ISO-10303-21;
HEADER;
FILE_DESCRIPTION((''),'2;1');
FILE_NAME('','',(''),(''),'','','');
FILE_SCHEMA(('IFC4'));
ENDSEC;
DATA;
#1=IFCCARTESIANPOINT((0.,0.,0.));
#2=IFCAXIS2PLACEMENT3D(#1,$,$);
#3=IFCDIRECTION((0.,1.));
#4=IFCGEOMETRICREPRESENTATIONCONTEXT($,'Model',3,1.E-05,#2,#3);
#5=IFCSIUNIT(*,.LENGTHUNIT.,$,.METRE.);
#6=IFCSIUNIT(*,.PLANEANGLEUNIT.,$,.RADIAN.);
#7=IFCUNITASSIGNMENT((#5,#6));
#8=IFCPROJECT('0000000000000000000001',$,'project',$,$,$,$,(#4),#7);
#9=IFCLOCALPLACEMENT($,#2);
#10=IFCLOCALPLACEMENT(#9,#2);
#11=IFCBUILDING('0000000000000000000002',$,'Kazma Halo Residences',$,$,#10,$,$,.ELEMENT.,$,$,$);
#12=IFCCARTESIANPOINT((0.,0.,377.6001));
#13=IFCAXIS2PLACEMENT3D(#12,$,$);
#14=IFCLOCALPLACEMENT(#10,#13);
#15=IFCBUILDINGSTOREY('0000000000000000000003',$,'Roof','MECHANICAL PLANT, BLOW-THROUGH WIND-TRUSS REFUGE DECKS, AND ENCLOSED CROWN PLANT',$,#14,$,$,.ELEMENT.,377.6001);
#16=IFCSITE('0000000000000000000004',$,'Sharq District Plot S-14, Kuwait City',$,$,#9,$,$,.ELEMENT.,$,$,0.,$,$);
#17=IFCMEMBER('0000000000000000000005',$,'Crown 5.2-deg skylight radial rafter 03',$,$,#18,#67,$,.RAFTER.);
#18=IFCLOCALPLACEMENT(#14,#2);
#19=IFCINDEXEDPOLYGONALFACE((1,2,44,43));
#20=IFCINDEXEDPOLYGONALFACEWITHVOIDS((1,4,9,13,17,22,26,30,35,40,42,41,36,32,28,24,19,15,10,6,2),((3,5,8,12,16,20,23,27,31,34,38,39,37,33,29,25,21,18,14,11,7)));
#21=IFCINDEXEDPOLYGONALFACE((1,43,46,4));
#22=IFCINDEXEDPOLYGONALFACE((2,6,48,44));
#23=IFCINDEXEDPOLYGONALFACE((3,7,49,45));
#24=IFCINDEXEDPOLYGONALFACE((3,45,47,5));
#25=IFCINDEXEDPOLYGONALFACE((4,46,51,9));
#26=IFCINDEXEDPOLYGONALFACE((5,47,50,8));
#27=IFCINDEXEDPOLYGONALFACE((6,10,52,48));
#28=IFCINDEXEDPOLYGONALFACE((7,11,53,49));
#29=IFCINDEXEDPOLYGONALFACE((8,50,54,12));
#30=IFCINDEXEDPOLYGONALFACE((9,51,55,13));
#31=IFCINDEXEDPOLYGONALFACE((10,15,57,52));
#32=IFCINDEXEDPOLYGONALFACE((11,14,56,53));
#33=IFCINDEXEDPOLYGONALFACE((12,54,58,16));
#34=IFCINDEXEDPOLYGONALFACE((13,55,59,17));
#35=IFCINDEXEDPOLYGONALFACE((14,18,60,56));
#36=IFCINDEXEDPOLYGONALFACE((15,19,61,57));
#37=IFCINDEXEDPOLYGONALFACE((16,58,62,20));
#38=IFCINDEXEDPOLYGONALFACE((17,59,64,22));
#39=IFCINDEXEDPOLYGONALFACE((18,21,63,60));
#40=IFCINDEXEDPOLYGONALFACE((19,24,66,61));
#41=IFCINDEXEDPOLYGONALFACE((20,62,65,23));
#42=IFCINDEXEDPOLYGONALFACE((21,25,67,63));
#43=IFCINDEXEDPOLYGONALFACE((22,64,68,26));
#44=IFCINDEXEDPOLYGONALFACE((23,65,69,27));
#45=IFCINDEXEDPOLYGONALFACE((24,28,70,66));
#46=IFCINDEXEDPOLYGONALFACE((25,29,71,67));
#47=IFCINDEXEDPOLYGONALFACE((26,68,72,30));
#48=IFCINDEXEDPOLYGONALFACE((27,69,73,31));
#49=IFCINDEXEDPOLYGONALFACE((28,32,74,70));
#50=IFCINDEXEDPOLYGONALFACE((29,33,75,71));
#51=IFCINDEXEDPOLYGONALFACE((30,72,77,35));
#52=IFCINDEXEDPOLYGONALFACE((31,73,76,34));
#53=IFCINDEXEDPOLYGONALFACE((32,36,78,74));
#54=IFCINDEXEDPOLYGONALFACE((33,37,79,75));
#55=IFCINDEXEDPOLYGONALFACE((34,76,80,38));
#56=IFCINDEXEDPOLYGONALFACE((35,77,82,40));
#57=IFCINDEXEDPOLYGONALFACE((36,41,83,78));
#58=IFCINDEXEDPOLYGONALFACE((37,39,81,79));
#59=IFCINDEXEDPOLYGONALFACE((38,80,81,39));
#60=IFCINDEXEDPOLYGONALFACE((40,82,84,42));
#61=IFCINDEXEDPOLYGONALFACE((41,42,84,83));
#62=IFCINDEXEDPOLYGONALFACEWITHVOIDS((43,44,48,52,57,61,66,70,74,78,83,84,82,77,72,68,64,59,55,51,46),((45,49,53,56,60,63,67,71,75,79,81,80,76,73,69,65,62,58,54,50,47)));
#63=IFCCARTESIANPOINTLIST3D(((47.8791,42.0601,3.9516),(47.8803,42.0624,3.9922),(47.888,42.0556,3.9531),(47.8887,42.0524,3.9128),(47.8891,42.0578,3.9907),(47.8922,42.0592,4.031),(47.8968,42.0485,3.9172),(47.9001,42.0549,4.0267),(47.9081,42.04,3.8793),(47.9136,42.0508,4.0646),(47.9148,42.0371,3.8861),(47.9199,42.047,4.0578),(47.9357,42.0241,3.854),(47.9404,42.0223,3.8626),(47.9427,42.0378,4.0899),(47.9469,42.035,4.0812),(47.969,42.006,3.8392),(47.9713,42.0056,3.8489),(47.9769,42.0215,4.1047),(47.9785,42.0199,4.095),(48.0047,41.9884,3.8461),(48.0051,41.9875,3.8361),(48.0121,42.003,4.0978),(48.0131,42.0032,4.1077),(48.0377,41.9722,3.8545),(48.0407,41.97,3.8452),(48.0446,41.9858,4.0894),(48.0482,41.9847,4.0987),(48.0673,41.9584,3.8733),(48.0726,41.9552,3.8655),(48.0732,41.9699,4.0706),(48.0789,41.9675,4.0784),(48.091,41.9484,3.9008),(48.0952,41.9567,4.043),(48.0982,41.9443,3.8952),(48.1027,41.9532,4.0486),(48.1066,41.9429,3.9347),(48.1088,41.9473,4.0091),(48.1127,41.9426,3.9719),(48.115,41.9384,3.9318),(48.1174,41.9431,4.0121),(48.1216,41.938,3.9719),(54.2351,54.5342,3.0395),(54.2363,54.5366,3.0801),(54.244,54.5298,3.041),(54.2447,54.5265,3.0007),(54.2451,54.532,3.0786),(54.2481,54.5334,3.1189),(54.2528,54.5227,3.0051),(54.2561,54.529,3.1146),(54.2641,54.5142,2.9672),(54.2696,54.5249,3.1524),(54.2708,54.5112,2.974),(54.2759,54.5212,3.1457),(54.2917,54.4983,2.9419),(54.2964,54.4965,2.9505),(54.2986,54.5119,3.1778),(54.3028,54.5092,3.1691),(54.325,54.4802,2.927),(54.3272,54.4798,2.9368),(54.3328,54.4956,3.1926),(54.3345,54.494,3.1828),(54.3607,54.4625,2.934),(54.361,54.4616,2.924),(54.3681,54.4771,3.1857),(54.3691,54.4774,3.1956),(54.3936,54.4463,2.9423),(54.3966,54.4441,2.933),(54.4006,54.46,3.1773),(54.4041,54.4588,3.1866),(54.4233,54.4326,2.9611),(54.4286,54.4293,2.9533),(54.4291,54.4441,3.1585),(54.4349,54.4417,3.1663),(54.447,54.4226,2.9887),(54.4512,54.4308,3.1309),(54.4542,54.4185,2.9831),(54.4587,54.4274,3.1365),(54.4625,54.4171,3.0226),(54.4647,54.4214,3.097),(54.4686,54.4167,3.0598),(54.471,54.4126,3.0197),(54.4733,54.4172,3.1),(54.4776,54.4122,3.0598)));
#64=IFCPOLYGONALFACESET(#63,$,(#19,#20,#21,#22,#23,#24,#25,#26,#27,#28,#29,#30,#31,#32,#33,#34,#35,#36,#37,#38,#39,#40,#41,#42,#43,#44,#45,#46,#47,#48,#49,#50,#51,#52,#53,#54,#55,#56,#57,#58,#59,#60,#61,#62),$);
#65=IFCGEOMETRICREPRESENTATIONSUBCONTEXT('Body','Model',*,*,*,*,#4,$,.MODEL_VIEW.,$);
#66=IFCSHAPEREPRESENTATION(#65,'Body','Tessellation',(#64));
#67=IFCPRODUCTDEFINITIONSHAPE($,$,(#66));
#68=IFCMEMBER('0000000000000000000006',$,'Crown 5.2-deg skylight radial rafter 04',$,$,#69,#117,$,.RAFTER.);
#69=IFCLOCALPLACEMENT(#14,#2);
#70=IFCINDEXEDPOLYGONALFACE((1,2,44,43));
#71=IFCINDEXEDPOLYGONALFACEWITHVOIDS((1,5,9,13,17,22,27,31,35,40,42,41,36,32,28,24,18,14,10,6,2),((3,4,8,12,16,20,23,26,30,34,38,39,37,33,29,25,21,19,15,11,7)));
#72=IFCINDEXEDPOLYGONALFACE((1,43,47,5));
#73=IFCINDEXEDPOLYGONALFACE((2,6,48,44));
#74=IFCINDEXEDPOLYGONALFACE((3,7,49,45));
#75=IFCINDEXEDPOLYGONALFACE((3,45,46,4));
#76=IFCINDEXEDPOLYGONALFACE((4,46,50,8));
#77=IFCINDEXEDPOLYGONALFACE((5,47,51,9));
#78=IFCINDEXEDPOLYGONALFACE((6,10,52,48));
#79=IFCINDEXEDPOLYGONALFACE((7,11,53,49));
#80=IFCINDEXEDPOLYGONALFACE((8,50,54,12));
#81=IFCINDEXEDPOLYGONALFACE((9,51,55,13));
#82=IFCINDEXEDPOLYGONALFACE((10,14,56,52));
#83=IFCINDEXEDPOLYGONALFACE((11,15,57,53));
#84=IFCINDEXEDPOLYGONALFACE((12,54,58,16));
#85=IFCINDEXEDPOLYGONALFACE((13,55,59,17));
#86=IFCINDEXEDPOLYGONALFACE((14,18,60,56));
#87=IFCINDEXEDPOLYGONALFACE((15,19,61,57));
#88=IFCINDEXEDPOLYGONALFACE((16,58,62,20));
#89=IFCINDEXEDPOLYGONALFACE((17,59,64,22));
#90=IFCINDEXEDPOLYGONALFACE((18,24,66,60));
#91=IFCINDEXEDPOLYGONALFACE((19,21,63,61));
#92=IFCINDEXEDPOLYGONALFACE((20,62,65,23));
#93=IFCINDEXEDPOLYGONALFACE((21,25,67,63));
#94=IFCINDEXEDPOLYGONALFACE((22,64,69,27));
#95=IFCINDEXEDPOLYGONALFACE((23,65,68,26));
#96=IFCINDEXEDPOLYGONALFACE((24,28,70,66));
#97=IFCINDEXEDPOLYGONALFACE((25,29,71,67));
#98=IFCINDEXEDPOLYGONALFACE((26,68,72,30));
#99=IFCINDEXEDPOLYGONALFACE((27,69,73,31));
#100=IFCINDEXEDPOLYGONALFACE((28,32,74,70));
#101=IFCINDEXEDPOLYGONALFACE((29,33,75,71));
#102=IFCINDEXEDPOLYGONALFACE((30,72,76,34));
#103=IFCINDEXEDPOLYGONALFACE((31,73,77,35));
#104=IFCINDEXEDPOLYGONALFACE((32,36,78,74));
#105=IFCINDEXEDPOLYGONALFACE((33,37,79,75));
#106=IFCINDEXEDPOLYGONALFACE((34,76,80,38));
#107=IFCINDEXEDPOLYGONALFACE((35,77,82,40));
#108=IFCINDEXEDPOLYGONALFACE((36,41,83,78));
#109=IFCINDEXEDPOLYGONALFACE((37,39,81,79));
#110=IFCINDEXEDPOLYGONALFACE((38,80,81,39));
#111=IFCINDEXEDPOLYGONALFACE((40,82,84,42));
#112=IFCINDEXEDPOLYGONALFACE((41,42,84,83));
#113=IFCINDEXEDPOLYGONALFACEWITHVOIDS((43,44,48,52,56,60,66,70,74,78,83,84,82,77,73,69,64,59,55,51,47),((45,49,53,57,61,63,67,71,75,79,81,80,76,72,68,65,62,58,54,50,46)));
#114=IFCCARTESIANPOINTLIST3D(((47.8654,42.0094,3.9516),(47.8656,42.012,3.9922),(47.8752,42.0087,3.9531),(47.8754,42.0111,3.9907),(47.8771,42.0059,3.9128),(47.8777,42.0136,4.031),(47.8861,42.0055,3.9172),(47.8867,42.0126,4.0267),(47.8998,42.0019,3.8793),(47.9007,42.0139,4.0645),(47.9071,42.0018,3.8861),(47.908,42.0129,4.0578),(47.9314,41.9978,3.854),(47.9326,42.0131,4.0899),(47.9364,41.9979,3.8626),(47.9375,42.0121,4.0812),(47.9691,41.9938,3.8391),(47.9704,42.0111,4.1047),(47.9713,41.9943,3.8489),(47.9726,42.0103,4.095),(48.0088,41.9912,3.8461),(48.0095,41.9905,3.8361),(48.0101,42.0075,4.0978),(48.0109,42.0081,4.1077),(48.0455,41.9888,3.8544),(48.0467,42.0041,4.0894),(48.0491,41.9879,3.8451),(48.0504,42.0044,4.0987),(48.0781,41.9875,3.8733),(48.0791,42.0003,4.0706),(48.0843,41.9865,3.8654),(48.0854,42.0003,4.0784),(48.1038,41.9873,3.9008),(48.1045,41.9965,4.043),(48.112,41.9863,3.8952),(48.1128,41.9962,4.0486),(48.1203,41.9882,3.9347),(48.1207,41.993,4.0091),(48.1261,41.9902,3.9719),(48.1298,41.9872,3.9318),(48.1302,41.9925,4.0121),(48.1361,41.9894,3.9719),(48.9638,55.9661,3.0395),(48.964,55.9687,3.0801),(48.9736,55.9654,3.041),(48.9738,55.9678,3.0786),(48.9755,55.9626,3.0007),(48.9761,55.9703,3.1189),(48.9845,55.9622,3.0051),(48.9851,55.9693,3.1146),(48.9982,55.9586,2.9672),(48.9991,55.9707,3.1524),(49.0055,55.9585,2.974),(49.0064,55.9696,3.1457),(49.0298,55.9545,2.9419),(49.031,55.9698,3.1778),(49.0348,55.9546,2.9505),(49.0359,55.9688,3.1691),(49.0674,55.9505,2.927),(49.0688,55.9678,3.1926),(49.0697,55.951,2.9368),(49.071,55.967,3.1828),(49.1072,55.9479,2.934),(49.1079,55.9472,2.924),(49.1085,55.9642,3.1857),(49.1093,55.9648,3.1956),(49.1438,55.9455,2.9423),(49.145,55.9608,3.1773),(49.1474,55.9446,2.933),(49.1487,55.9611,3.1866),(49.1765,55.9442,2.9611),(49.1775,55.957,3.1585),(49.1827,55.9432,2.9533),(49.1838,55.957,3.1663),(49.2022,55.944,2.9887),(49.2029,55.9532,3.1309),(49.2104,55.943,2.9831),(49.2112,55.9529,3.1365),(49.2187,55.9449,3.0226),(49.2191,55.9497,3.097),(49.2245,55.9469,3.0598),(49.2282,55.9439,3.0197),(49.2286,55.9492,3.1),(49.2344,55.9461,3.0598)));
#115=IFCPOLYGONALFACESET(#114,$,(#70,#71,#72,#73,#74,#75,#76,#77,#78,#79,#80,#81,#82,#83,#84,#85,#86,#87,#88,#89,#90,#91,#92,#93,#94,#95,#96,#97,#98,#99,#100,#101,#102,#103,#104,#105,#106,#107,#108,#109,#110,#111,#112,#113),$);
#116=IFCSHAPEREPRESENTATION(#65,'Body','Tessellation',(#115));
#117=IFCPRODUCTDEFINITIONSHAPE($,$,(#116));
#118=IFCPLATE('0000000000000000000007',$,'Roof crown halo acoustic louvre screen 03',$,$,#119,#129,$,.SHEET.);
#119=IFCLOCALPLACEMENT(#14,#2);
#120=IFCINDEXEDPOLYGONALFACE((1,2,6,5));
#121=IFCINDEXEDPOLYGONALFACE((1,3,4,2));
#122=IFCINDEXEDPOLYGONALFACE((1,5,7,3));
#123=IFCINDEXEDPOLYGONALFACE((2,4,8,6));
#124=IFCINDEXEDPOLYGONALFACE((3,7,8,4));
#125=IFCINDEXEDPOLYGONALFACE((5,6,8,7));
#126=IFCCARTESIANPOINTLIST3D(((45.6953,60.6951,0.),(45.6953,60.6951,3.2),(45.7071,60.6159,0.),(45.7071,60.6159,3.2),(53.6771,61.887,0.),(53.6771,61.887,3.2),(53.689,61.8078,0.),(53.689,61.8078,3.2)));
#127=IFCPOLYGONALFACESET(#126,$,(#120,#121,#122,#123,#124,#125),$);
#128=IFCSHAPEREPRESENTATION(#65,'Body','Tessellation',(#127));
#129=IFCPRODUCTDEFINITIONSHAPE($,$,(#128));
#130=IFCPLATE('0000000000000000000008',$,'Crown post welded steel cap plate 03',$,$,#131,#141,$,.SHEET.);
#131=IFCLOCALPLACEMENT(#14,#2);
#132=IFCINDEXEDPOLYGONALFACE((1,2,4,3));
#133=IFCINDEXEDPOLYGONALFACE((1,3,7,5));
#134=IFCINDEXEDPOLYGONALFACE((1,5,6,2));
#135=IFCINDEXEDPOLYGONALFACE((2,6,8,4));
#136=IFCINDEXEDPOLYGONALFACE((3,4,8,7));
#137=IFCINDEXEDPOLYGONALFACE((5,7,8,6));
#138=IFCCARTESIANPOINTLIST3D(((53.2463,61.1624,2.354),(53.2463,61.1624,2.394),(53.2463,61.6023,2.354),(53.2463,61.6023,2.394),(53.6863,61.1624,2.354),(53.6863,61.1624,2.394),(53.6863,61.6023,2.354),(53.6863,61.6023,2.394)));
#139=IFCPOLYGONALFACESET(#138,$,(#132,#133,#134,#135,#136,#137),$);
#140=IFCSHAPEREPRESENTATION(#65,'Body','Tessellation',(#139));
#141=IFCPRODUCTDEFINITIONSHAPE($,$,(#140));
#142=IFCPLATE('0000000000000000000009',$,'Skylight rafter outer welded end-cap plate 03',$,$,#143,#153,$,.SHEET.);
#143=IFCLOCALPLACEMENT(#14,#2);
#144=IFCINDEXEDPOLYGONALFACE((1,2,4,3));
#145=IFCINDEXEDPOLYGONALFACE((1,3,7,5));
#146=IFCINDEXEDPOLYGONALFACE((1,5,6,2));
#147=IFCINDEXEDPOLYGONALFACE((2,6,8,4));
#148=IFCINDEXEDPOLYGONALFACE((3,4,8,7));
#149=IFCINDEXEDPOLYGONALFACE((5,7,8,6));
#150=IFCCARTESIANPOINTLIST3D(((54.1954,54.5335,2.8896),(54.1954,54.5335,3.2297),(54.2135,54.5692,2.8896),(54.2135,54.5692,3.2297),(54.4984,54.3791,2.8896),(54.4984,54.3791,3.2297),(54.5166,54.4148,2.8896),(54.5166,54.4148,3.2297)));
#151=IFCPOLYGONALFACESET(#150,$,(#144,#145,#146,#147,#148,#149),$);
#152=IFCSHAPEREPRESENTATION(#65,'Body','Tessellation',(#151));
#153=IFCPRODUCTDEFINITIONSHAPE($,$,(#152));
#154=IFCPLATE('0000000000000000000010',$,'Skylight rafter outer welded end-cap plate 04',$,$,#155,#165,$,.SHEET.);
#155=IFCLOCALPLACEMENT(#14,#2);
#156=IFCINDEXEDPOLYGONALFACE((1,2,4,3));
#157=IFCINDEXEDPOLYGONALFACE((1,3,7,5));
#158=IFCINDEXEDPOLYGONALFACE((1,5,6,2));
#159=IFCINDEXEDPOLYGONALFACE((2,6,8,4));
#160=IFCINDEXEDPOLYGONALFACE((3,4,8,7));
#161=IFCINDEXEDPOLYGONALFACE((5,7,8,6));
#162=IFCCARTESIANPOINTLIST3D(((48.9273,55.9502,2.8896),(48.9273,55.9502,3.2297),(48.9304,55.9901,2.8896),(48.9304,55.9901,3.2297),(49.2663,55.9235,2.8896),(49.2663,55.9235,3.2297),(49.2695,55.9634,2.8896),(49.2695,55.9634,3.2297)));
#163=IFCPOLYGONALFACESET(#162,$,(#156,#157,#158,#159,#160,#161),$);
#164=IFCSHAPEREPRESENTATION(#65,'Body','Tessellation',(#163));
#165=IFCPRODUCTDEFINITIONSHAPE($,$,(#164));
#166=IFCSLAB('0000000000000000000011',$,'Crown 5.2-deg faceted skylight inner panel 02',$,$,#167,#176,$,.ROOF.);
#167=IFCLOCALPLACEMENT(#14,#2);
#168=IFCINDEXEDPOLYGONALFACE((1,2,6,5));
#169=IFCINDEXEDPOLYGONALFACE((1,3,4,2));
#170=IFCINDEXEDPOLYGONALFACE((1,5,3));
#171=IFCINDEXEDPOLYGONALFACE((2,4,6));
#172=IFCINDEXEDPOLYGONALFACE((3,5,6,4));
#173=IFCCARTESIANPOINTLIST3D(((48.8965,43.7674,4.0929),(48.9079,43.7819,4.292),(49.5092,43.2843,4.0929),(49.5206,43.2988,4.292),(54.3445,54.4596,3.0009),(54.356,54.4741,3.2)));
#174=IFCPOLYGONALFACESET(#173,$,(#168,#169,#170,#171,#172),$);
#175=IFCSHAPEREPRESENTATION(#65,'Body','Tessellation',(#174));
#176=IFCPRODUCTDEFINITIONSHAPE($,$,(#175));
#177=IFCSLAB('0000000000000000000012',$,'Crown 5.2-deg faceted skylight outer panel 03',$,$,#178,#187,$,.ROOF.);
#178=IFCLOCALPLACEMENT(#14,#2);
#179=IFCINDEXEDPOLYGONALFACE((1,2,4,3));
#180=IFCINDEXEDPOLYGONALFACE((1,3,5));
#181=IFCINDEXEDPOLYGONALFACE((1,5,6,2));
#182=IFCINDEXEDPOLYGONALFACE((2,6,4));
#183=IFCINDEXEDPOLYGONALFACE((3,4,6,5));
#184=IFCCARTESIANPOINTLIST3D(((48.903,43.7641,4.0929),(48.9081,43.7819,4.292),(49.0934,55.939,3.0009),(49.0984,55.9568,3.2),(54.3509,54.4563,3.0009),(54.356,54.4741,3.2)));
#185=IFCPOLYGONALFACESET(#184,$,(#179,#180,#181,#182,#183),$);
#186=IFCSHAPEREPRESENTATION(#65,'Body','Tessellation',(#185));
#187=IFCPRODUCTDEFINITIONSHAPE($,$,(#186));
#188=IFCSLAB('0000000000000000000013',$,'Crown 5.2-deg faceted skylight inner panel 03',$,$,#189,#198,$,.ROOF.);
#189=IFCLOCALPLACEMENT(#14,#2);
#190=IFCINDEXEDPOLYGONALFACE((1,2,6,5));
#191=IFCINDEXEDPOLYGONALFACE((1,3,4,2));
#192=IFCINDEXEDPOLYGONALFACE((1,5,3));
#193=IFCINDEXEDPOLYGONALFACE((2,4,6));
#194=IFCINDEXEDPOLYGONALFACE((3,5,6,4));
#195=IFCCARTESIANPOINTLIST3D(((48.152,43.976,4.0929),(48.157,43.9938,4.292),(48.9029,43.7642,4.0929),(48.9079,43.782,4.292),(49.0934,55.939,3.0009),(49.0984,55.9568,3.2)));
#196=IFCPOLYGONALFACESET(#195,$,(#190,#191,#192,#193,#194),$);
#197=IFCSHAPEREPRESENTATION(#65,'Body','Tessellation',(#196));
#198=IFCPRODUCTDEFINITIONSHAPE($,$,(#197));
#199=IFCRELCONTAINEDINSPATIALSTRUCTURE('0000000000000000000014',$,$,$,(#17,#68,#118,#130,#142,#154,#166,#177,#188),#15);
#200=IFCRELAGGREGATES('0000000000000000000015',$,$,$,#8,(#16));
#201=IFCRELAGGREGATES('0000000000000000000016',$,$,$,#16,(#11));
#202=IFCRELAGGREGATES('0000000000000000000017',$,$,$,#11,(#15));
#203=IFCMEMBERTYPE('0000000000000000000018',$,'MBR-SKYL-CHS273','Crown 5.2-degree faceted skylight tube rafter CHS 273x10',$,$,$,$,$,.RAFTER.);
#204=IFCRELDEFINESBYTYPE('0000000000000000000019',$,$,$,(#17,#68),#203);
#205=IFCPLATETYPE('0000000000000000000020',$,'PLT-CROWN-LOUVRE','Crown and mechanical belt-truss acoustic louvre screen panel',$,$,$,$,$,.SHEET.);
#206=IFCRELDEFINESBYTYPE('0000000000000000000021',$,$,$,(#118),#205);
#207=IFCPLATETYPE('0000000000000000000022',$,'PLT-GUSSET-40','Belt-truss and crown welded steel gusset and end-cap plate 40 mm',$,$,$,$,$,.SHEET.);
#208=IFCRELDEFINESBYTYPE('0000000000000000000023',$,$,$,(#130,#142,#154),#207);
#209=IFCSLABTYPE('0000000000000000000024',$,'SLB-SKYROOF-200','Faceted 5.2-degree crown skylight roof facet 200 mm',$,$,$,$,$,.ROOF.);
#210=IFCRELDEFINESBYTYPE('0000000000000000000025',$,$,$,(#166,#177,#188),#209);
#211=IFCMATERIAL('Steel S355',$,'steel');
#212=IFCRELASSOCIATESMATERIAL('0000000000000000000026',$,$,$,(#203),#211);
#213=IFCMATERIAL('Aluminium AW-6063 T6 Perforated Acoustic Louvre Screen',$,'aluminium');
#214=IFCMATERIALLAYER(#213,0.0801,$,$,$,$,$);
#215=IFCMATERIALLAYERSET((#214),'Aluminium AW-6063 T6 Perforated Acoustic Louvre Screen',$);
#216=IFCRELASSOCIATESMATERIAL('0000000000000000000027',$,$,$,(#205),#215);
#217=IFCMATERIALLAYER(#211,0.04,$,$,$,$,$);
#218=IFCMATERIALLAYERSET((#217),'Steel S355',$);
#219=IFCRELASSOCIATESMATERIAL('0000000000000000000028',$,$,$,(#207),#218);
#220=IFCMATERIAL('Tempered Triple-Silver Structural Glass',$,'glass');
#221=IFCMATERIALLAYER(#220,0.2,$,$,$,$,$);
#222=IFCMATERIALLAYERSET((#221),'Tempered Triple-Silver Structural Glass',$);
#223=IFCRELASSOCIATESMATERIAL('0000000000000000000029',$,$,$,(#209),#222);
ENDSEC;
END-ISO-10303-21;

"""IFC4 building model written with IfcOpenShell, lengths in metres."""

from ifc_helpers import new_model, si_unit, direction, frame, origin, origin_2d, place, context, subcontext, project, spatial, polyline, rectangle, hollow_circle, outline, extrude, material, layer, layer_set, material_profile, profile_set, type_object, element, save


model = new_model("IFC4")

# Units and contexts
model_context = context("Model", 3, precision=1e-05, world=origin(), true_north=direction((0.0, 1.0)))
body_context = subcontext(model_context, "Body", "Model", "MODEL_VIEW")
ifc_project = project(units=[si_unit("LENGTHUNIT", "METRE"), si_unit("PLANEANGLEUNIT", "RADIAN")], contexts=[model_context])

# Site, building, storey
site_placement = place(None, origin())
site = spatial("IfcSite", under=ifc_project, at=site_placement, Name="Sharq District Plot S-14, Kuwait City", CompositionType="ELEMENT", RefElevation=0.0)
building_placement = place(site_placement, origin())
building = spatial("IfcBuilding", under=site, at=building_placement, Name="Kazma Halo Residences", CompositionType="ELEMENT")
storey_placement = place(building_placement, frame((0.0, 0.0, 377.6001)))
storey = spatial("IfcBuildingStorey", under=building, at=storey_placement, Name="Roof", Description="MECHANICAL PLANT, BLOW-THROUGH WIND-TRUSS REFUGE DECKS, AND ENCLOSED CROWN PLANT", CompositionType="ELEMENT", Elevation=377.6001)

# Shared definitions
ifc_material_1 = material(Name="Steel S355", Category="steel")

# Members
ifc_material_profile_1 = material_profile(ifc_material_1, hollow_circle(Radius=0.1365, WallThickness=0.01, at=origin_2d()), Name="CHS273x10")
ifc_profile_set_1 = profile_set([ifc_material_profile_1], Name="Steel S355")
member_type_1 = type_object("IfcMemberType", Name="MBR-SKYL-CHS273", Description="Crown 5.2-degree faceted skylight tube rafter CHS 273x10", PredefinedType="RAFTER", material=ifc_profile_set_1)
member_1_placement = place(storey_placement, frame((54.356, 54.4741, 3.0598), z_axis=(-0.453034, -0.889119, 0.065013), x_axis=(0.891004, -0.453995, 0.0)))
element("IfcMember", 1, at=member_1_placement, inside=storey, type_object=member_type_1, Name="Crown 5.2-deg skylight radial rafter 03", PredefinedType="RAFTER", context=body_context, shape_type="SweptSolid", body=[
    extrude(hollow_circle(Radius=0.1365, WallThickness=0.01, at=origin_2d()), origin(), (0.0, 0.0, 1.0), 14.0298),
])
member_2_placement = place(storey_placement, frame((49.0984, 55.9568, 3.0598), z_axis=(-0.078291, -0.994808, 0.065013), x_axis=(0.996918, -0.078457, 0.0)))
element("IfcMember", 2, at=member_2_placement, inside=storey, type_object=member_type_1, Name="Crown 5.2-deg skylight radial rafter 04", PredefinedType="RAFTER", context=body_context, shape_type="SweptSolid", body=[
    extrude(hollow_circle(Radius=0.1365, WallThickness=0.01, at=origin_2d()), origin(), (0.0, 0.0, 1.0), 14.0295),
])

# Plates
ifc_material_2 = material(Name="Aluminium AW-6063 T6 Perforated Acoustic Louvre Screen", Category="aluminium")
ifc_layer_1 = layer(ifc_material_2, 0.0801)
ifc_layer_set_1 = layer_set([ifc_layer_1], Name="Aluminium AW-6063 T6 Perforated Acoustic Louvre Screen")
plate_type_1 = type_object("IfcPlateType", Name="PLT-CROWN-LOUVRE", Description="Crown and mechanical belt-truss acoustic louvre screen panel", PredefinedType="SHEET", material=ifc_layer_set_1)
plate_1_placement = place(storey_placement, frame((49.6921, 61.2515, 0.0), z_axis=(0.0, 0.0, 1.0), x_axis=(-0.989034, -0.147687, 0.0)))
element("IfcPlate", 3, at=plate_1_placement, inside=storey, type_object=plate_type_1, Name="Roof crown halo acoustic louvre screen 03", PredefinedType="SHEET", context=body_context, shape_type="SweptSolid", body=[
    extrude(rectangle(XDim=8.0703, YDim=0.0801, at=origin_2d()), origin(), (0.0, 0.0, 1.0), 3.2),
])
ifc_layer_2 = layer(ifc_material_1, 0.04)
ifc_layer_set_2 = layer_set([ifc_layer_2], Name="Steel S355")
plate_type_2 = type_object("IfcPlateType", Name="PLT-GUSSET-40", Description="Belt-truss and crown welded steel gusset and end-cap plate 40 mm", PredefinedType="SHEET", material=ifc_layer_set_2)
plate_2_placement = place(storey_placement, frame((53.4663, 61.3823, 2.354), z_axis=(0.0, 0.0, 1.0), x_axis=(1.0, 0.0, 0.0)))
element("IfcPlate", 4, at=plate_2_placement, inside=storey, type_object=plate_type_2, Name="Crown post welded steel cap plate 03", PredefinedType="SHEET", context=body_context, shape_type="SweptSolid", body=[
    extrude(rectangle(XDim=0.4399, YDim=0.4399, at=origin_2d()), origin(), (0.0, 0.0, 1.0), 0.04),
])
for number, where, z_axis, x_axis, name in (
    (5, (54.356, 54.4741, 2.8896), (0.0, 0.0, 1.0), (0.45399, 0.891007, 0.0), "Skylight rafter outer welded end-cap plate 03"),
    (6, (49.0984, 55.9568, 2.8896), (0.0, 0.0, 1.0), (0.078459, 0.996917, 0.0), "Skylight rafter outer welded end-cap plate 04"),
):
    element("IfcPlate", number, at=place(storey_placement, frame(where, z_axis=z_axis, x_axis=x_axis)), inside=storey, type_object=plate_type_2, Name=name, PredefinedType="SHEET", context=body_context, shape_type="SweptSolid", body=[
        extrude(rectangle(XDim=0.04, YDim=0.3401, at=origin_2d()), origin(), (0.0, 0.0, 1.0), 0.3401),
    ])

# Slabs
ifc_material_3 = material(Name="Tempered Triple-Silver Structural Glass", Category="glass")
ifc_layer_3 = layer(ifc_material_3, 0.2)
ifc_layer_set_3 = layer_set([ifc_layer_3], Name="Tempered Triple-Silver Structural Glass")
slab_type = type_object("IfcSlabType", Name="SLB-SKYROOF-200", Description="Faceted 5.2-degree crown skylight roof facet 200 mm", PredefinedType="ROOF", material=ifc_layer_set_3)
slab_1_placement = place(storey_placement, frame((54.356, 54.4741, 3.2), z_axis=(0.057203, 0.072551, 0.995723), x_axis=(-0.452128, -0.887337, 0.090628)))
element("IfcSlab", 7, at=slab_1_placement, inside=storey, type_object=slab_type, Name="Crown 5.2-deg faceted skylight inner panel 02", PredefinedType="ROOF", context=body_context, shape_type="SweptSolid", body=[
    extrude(outline(polyline([(0.0, 0.0), (12.0498, 0.0), (12.2014, 0.7654), (0.0, 0.0)])), origin(), (0.0, 0.0, -1.0), 0.2),
])
slab_2_placement = place(storey_placement, frame((54.356, 54.4741, 3.2), z_axis=(0.025076, 0.088921, 0.995723), x_axis=(-0.962461, 0.27142, 0.0)))
element("IfcSlab", 8, at=slab_2_placement, inside=storey, type_object=slab_type, Name="Crown 5.2-deg faceted skylight outer panel 03", PredefinedType="ROOF", context=body_context, shape_type="SweptSolid", body=[
    extrude(outline(polyline([(0.0, 0.0), (5.4626, 0.0), (2.3413, 11.8201), (0.0, 0.0)])), origin(), (0.0, 0.0, -1.0), 0.2),
])
slab_3_placement = place(storey_placement, frame((49.0984, 55.9568, 3.2), z_axis=(0.025092, 0.088921, 0.995723), x_axis=(-0.078128, -0.992815, 0.09063)))
element("IfcSlab", 9, at=slab_3_placement, inside=storey, type_object=slab_type, Name="Crown 5.2-deg faceted skylight inner panel 03", PredefinedType="ROOF", context=body_context, shape_type="SweptSolid", body=[
    extrude(outline(polyline([(0.0, 0.0), (12.0496, 0.0), (12.2012, 0.7654), (0.0, 0.0)])), origin(), (0.0, 0.0, -1.0), 0.2),
])

save(model, "model.ifc")
